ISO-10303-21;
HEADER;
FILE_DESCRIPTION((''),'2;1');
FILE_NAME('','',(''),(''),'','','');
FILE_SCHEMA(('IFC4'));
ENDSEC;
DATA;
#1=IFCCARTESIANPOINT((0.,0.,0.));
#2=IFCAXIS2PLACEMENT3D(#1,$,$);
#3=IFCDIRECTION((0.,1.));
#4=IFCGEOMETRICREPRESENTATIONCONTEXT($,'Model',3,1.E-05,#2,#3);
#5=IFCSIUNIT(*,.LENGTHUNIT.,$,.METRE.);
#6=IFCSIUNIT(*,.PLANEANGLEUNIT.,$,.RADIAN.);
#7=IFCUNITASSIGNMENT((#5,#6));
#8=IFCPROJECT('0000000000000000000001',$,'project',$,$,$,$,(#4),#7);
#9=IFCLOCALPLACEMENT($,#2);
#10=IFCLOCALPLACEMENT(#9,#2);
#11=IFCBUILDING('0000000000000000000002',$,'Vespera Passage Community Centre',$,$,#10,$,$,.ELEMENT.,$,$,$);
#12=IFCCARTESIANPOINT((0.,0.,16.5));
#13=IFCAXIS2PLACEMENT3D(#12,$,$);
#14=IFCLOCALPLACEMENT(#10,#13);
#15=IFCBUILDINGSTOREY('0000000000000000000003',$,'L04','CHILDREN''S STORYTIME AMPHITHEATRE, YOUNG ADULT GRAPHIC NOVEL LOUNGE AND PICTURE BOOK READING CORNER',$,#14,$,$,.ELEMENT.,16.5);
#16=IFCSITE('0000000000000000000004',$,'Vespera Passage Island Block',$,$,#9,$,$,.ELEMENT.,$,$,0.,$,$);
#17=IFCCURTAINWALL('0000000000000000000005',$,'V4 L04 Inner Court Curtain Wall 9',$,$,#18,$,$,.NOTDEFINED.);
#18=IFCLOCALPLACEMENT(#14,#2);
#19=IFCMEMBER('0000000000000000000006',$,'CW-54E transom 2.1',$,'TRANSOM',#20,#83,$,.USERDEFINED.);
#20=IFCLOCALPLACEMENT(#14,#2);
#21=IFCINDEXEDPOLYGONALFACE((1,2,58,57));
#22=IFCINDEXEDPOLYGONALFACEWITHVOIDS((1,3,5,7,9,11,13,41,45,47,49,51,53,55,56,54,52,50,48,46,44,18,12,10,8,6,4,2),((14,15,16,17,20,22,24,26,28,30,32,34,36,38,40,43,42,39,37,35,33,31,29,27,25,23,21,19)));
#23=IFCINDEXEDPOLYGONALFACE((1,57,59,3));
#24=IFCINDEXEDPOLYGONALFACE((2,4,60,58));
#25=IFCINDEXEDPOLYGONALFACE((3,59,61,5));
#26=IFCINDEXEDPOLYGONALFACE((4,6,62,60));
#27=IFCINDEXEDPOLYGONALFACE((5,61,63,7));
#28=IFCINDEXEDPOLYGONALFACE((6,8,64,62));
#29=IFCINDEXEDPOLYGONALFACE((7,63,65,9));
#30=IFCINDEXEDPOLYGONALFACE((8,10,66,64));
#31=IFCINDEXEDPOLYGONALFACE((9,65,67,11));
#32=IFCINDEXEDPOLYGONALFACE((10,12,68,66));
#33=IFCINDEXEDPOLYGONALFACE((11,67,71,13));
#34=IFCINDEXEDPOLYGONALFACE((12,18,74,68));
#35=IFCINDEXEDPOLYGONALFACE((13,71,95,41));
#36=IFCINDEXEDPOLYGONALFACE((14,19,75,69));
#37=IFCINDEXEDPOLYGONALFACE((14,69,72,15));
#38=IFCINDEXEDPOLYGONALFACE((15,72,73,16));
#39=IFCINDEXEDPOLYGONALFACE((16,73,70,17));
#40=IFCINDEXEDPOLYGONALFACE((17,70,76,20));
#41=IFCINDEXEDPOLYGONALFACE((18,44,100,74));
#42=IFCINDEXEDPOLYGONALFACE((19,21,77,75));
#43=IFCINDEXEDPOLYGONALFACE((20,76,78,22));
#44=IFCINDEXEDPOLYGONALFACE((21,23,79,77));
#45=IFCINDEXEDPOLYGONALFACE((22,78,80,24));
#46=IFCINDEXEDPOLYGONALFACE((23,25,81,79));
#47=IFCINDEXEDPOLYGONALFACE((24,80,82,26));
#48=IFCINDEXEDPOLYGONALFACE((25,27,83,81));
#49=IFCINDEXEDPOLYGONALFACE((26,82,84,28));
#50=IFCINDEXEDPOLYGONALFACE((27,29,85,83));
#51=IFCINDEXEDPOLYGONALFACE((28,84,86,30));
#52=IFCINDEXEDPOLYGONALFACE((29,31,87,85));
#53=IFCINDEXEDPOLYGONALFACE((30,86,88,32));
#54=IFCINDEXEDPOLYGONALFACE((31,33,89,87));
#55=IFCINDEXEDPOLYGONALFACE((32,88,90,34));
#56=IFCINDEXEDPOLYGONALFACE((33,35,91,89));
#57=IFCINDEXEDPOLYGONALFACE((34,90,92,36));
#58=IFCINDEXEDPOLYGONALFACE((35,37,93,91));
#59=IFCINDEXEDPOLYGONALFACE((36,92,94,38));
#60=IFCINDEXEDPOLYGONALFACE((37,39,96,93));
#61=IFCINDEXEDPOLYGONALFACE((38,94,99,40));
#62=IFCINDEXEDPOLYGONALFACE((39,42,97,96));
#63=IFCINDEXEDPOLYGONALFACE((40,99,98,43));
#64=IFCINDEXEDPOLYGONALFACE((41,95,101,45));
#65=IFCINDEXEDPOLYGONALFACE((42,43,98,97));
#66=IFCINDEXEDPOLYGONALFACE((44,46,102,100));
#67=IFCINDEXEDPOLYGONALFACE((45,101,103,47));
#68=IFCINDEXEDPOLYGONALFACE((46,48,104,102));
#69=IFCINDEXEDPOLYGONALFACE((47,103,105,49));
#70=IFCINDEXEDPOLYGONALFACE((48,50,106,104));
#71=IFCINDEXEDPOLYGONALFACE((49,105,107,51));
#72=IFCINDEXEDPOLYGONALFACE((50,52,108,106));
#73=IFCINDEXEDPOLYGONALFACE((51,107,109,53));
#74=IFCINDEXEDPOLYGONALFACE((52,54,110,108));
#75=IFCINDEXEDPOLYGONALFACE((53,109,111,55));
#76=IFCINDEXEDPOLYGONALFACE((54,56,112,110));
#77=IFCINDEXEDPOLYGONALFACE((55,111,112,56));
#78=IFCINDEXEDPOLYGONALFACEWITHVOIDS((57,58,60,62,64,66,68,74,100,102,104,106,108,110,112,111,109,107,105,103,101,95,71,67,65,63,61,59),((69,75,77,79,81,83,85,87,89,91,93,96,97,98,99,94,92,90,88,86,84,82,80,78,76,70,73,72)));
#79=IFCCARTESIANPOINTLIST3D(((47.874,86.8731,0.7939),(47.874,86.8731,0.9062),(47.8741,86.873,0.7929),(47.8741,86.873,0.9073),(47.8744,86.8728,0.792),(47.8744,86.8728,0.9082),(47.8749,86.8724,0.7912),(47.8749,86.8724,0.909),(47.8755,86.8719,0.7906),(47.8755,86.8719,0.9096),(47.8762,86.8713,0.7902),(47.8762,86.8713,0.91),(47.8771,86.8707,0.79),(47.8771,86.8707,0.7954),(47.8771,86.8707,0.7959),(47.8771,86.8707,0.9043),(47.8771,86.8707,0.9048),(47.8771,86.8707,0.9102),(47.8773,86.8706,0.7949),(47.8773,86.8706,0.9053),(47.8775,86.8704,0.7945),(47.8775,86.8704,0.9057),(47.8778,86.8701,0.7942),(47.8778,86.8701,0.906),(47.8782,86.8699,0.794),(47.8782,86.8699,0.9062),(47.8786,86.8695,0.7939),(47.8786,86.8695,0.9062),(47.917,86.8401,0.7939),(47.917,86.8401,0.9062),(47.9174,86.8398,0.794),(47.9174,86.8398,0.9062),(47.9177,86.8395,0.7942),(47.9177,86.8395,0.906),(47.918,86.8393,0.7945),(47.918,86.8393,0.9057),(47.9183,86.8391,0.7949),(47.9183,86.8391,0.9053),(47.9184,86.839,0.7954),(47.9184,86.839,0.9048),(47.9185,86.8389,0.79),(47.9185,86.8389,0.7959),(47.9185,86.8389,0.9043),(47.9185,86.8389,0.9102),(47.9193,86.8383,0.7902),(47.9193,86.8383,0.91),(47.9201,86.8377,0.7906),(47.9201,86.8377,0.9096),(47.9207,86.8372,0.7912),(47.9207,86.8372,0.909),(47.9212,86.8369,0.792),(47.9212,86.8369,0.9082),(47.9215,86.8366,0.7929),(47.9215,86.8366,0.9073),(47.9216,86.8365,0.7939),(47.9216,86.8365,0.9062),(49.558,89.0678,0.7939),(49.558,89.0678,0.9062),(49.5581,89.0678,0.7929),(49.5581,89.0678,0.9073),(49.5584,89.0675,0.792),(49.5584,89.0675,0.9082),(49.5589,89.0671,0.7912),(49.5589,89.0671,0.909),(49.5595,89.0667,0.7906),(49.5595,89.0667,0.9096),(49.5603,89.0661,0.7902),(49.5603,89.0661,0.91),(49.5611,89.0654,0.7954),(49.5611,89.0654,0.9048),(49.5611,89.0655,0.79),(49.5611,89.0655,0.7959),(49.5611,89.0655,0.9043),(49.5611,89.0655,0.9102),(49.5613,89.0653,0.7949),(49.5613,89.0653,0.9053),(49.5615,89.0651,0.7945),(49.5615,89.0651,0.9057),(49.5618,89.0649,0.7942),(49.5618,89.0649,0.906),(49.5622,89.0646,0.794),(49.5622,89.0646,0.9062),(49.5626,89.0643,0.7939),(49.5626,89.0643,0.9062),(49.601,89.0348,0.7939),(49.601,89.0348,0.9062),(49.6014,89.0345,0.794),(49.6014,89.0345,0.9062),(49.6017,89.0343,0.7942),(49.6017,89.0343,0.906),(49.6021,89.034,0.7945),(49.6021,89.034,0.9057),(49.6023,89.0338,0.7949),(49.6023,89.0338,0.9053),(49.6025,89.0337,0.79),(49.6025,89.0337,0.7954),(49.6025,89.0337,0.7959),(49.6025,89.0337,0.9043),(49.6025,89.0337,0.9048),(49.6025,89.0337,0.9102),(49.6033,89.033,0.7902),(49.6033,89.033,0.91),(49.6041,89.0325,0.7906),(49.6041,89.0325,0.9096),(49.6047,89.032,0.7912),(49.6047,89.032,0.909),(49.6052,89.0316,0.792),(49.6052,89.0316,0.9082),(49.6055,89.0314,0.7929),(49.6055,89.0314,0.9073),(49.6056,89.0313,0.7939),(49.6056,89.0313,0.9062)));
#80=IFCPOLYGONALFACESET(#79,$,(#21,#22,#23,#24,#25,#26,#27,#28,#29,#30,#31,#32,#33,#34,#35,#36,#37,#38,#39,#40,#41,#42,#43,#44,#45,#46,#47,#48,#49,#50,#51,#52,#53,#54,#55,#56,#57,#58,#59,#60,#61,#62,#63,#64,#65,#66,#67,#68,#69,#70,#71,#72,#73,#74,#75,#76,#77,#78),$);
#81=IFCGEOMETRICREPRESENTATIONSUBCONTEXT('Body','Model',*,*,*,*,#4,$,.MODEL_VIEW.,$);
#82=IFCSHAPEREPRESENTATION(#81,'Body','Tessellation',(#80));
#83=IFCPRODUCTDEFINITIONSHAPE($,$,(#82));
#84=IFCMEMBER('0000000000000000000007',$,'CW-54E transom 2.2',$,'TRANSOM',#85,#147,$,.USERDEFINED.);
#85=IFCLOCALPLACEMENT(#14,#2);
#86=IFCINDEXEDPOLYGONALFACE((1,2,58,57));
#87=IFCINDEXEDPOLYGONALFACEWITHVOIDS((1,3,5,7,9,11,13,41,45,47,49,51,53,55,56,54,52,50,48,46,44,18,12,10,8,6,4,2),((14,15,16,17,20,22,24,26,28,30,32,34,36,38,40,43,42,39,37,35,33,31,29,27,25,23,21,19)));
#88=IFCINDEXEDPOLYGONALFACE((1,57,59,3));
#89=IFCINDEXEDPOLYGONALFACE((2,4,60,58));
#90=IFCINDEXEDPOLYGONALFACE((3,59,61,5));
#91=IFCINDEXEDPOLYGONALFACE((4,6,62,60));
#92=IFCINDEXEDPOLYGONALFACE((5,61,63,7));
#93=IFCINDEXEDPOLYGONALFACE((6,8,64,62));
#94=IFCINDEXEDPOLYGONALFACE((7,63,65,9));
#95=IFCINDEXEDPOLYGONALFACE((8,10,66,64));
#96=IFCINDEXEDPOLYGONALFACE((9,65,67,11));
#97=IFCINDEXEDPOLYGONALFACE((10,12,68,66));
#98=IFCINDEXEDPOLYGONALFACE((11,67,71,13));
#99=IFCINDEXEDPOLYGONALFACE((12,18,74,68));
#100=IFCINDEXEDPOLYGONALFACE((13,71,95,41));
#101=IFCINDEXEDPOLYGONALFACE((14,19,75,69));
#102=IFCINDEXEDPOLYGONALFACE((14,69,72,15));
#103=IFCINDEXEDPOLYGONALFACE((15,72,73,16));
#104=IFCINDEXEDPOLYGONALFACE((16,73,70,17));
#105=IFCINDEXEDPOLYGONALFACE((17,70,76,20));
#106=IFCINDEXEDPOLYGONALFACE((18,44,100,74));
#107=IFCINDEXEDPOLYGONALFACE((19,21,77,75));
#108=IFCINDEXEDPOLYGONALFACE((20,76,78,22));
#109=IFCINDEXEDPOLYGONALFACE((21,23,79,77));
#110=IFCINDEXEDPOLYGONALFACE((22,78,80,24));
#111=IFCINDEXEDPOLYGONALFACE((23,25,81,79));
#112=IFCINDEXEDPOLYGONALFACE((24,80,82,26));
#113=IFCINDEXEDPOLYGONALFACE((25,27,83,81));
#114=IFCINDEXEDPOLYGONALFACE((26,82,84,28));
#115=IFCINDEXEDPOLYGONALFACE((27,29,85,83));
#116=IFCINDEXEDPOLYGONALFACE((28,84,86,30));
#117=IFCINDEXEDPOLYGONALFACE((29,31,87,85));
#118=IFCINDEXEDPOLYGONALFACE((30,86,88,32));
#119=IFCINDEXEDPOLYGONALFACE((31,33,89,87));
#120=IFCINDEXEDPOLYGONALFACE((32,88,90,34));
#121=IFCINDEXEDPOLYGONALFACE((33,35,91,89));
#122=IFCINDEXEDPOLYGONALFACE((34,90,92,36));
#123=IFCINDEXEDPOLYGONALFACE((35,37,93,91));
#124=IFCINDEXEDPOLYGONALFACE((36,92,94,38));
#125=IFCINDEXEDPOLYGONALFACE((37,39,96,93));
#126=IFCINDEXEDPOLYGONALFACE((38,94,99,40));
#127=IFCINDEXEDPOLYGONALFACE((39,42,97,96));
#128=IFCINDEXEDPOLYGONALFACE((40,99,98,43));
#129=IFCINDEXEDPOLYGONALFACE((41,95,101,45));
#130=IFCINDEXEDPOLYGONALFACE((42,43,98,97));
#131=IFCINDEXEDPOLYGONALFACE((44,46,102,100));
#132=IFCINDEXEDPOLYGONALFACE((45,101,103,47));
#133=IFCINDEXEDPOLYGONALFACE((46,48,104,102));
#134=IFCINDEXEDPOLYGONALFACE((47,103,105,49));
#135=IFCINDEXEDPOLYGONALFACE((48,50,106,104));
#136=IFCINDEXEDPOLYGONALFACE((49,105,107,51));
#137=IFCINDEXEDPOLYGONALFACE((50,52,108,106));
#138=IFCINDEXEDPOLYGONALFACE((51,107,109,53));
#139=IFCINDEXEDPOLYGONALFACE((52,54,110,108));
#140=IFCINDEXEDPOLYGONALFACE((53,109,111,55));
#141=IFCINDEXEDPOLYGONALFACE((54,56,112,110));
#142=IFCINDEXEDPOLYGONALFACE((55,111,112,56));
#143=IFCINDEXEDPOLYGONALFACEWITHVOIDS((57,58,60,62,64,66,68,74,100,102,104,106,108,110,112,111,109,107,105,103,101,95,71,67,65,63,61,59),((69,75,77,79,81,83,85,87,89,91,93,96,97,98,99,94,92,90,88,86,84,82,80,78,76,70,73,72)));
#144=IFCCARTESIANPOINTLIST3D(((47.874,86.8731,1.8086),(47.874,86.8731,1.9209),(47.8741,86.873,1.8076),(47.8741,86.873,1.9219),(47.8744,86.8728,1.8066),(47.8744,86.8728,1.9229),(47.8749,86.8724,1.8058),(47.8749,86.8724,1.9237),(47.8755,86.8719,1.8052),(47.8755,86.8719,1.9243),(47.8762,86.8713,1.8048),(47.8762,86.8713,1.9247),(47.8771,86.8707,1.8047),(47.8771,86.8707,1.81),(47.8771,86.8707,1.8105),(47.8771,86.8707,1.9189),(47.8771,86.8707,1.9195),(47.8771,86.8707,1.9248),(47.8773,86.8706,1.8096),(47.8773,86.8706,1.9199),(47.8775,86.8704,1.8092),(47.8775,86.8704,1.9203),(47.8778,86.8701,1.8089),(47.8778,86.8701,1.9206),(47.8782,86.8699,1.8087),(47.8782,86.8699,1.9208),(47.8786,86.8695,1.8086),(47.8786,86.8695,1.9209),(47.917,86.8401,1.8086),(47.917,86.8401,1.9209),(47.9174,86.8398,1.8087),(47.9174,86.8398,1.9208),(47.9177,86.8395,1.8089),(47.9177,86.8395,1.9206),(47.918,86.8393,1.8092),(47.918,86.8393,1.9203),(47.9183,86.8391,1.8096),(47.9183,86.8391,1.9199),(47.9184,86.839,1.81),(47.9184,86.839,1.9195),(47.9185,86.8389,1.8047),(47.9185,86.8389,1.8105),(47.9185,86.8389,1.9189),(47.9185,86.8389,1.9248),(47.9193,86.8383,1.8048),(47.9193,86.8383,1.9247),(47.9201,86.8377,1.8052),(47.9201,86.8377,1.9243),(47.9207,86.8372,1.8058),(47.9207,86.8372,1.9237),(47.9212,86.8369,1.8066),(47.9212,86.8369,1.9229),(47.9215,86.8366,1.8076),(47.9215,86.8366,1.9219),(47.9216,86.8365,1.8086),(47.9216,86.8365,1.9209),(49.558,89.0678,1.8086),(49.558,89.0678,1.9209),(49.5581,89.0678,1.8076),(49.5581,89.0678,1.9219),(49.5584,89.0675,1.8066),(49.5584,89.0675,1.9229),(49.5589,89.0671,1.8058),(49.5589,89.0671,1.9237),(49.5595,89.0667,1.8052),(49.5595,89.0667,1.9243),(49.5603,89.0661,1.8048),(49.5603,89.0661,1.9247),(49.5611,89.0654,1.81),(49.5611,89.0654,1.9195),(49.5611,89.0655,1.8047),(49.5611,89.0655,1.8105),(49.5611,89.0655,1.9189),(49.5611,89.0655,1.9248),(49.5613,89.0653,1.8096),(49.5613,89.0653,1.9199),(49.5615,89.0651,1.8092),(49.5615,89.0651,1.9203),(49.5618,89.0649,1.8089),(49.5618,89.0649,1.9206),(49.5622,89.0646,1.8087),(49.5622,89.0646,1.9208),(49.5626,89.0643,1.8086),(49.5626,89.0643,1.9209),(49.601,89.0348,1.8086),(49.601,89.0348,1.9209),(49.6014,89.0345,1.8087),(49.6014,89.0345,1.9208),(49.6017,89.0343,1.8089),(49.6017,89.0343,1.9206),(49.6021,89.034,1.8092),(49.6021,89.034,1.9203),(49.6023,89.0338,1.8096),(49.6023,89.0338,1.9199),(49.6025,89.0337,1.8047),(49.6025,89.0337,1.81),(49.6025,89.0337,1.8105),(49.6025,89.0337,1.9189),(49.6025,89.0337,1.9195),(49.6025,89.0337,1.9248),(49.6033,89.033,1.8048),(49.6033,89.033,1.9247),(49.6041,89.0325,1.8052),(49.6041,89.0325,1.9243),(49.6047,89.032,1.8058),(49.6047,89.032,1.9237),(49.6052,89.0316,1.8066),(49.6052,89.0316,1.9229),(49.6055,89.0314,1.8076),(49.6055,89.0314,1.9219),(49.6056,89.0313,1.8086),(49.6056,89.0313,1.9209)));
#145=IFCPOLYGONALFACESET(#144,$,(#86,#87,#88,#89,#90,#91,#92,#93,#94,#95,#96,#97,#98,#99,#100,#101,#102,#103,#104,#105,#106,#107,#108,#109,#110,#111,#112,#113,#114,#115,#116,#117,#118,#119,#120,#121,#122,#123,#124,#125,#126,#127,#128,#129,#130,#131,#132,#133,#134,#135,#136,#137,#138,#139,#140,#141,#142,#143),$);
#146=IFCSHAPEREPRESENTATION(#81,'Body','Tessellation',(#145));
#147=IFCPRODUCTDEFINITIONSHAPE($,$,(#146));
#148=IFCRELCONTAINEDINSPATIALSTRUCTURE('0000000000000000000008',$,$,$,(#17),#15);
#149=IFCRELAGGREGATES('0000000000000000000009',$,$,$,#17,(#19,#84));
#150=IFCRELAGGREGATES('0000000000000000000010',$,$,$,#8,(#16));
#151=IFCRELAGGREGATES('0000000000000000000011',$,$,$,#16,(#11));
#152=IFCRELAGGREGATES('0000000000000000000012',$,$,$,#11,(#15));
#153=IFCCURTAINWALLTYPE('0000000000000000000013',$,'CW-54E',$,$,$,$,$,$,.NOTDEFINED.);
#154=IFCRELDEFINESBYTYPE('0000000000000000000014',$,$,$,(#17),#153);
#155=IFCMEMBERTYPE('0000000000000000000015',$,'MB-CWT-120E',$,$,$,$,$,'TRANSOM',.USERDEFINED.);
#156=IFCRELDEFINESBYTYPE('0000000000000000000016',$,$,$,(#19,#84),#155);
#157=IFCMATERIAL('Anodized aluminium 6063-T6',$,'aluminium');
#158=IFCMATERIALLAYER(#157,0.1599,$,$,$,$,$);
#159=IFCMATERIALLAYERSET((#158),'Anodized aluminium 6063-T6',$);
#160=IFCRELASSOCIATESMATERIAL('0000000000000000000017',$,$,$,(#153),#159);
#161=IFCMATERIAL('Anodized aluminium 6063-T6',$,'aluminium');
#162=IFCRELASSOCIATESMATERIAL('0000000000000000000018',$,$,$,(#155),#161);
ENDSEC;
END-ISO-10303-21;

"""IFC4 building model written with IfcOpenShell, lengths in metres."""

from ifc_helpers import new_model, si_unit, direction, frame, origin, origin_2d, place, context, subcontext, project, spatial, hollow_rectangle, extrude, material, layer, layer_set, material_profile, profile_set, type_object, element, aggregate, save


model = new_model("IFC4")

# Units and contexts
model_context = context("Model", 3, precision=1e-05, world=origin(), true_north=direction((0.0, 1.0)))
body_context = subcontext(model_context, "Body", "Model", "MODEL_VIEW")
ifc_project = project(units=[si_unit("LENGTHUNIT", "METRE"), si_unit("PLANEANGLEUNIT", "RADIAN")], contexts=[model_context])

# Site, building, storey
site_placement = place(None, origin())
site = spatial("IfcSite", under=ifc_project, at=site_placement, Name="Vespera Passage Island Block", CompositionType="ELEMENT", RefElevation=0.0)
building_placement = place(site_placement, origin())
building = spatial("IfcBuilding", under=site, at=building_placement, Name="Vespera Passage Community Centre", CompositionType="ELEMENT")
storey_placement = place(building_placement, frame((0.0, 0.0, 16.5)))
storey = spatial("IfcBuildingStorey", under=building, at=storey_placement, Name="L04", Description="CHILDREN'S STORYTIME AMPHITHEATRE, YOUNG ADULT GRAPHIC NOVEL LOUNGE AND PICTURE BOOK READING CORNER", CompositionType="ELEMENT", Elevation=16.5)

# Curtain wall, members
ifc_material_1 = material(Name="Anodized aluminium 6063-T6", Category="aluminium")
ifc_layer_1 = layer(ifc_material_1, 0.1599)
ifc_layer_set_1 = layer_set([ifc_layer_1], Name="Anodized aluminium 6063-T6")
curtain_wall_type = type_object("IfcCurtainWallType", Name="CW-54E", PredefinedType="NOTDEFINED", material=ifc_layer_set_1)
curtain_wall_placement = place(storey_placement, origin())
curtain_wall = element("IfcCurtainWall", 1, at=curtain_wall_placement, inside=storey, type_object=curtain_wall_type, Name="V4 L04 Inner Court Curtain Wall 9", PredefinedType="NOTDEFINED")
ifc_material_2 = material(Name="Anodized aluminium 6063-T6", Category="aluminium")
ifc_material_profile_1 = material_profile(ifc_material_2, hollow_rectangle(XDim=0.0601, YDim=0.1201, WallThickness=0.0039, InnerFilletRadius=0.002, OuterFilletRadius=0.0039, at=origin_2d()), Name="ALU120X60X4")
ifc_profile_set_1 = profile_set([ifc_material_profile_1], Name="Anodized aluminium 6063-T6")
member_type_1 = type_object("IfcMemberType", Name="MB-CWT-120E", ElementType="TRANSOM", PredefinedType="USERDEFINED", material=ifc_profile_set_1)
member_1_placement = place(storey_placement, frame((49.5818, 89.0496, 0.8501), z_axis=(-0.608746, -0.793365, 0.0), x_axis=(0.793365, -0.608746, 0.0)))
member_1 = element("IfcMember", 2, at=member_1_placement, type_object=member_type_1, Name="CW-54E transom 2.1", ObjectType="TRANSOM", PredefinedType="USERDEFINED", context=body_context, shape_type="SweptSolid", body=[
    extrude(hollow_rectangle(XDim=0.0601, YDim=0.1201, WallThickness=0.0039, InnerFilletRadius=0.002, OuterFilletRadius=0.0039, at=origin_2d()), origin(), (0.0, 0.0, 1.0), 2.7664),
])
member_2_placement = place(storey_placement, frame((49.5818, 89.0496, 1.8647), z_axis=(-0.608746, -0.793365, 0.0), x_axis=(0.793365, -0.608746, 0.0)))
member_2 = element("IfcMember", 3, at=member_2_placement, type_object=member_type_1, Name="CW-54E transom 2.2", ObjectType="TRANSOM", PredefinedType="USERDEFINED", context=body_context, shape_type="SweptSolid", body=[
    extrude(hollow_rectangle(XDim=0.0601, YDim=0.1201, WallThickness=0.0039, InnerFilletRadius=0.002, OuterFilletRadius=0.0039, at=origin_2d()), origin(), (0.0, 0.0, 1.0), 2.7664),
])
aggregate(curtain_wall, [member_1, member_2])

save(model, "model.ifc")
